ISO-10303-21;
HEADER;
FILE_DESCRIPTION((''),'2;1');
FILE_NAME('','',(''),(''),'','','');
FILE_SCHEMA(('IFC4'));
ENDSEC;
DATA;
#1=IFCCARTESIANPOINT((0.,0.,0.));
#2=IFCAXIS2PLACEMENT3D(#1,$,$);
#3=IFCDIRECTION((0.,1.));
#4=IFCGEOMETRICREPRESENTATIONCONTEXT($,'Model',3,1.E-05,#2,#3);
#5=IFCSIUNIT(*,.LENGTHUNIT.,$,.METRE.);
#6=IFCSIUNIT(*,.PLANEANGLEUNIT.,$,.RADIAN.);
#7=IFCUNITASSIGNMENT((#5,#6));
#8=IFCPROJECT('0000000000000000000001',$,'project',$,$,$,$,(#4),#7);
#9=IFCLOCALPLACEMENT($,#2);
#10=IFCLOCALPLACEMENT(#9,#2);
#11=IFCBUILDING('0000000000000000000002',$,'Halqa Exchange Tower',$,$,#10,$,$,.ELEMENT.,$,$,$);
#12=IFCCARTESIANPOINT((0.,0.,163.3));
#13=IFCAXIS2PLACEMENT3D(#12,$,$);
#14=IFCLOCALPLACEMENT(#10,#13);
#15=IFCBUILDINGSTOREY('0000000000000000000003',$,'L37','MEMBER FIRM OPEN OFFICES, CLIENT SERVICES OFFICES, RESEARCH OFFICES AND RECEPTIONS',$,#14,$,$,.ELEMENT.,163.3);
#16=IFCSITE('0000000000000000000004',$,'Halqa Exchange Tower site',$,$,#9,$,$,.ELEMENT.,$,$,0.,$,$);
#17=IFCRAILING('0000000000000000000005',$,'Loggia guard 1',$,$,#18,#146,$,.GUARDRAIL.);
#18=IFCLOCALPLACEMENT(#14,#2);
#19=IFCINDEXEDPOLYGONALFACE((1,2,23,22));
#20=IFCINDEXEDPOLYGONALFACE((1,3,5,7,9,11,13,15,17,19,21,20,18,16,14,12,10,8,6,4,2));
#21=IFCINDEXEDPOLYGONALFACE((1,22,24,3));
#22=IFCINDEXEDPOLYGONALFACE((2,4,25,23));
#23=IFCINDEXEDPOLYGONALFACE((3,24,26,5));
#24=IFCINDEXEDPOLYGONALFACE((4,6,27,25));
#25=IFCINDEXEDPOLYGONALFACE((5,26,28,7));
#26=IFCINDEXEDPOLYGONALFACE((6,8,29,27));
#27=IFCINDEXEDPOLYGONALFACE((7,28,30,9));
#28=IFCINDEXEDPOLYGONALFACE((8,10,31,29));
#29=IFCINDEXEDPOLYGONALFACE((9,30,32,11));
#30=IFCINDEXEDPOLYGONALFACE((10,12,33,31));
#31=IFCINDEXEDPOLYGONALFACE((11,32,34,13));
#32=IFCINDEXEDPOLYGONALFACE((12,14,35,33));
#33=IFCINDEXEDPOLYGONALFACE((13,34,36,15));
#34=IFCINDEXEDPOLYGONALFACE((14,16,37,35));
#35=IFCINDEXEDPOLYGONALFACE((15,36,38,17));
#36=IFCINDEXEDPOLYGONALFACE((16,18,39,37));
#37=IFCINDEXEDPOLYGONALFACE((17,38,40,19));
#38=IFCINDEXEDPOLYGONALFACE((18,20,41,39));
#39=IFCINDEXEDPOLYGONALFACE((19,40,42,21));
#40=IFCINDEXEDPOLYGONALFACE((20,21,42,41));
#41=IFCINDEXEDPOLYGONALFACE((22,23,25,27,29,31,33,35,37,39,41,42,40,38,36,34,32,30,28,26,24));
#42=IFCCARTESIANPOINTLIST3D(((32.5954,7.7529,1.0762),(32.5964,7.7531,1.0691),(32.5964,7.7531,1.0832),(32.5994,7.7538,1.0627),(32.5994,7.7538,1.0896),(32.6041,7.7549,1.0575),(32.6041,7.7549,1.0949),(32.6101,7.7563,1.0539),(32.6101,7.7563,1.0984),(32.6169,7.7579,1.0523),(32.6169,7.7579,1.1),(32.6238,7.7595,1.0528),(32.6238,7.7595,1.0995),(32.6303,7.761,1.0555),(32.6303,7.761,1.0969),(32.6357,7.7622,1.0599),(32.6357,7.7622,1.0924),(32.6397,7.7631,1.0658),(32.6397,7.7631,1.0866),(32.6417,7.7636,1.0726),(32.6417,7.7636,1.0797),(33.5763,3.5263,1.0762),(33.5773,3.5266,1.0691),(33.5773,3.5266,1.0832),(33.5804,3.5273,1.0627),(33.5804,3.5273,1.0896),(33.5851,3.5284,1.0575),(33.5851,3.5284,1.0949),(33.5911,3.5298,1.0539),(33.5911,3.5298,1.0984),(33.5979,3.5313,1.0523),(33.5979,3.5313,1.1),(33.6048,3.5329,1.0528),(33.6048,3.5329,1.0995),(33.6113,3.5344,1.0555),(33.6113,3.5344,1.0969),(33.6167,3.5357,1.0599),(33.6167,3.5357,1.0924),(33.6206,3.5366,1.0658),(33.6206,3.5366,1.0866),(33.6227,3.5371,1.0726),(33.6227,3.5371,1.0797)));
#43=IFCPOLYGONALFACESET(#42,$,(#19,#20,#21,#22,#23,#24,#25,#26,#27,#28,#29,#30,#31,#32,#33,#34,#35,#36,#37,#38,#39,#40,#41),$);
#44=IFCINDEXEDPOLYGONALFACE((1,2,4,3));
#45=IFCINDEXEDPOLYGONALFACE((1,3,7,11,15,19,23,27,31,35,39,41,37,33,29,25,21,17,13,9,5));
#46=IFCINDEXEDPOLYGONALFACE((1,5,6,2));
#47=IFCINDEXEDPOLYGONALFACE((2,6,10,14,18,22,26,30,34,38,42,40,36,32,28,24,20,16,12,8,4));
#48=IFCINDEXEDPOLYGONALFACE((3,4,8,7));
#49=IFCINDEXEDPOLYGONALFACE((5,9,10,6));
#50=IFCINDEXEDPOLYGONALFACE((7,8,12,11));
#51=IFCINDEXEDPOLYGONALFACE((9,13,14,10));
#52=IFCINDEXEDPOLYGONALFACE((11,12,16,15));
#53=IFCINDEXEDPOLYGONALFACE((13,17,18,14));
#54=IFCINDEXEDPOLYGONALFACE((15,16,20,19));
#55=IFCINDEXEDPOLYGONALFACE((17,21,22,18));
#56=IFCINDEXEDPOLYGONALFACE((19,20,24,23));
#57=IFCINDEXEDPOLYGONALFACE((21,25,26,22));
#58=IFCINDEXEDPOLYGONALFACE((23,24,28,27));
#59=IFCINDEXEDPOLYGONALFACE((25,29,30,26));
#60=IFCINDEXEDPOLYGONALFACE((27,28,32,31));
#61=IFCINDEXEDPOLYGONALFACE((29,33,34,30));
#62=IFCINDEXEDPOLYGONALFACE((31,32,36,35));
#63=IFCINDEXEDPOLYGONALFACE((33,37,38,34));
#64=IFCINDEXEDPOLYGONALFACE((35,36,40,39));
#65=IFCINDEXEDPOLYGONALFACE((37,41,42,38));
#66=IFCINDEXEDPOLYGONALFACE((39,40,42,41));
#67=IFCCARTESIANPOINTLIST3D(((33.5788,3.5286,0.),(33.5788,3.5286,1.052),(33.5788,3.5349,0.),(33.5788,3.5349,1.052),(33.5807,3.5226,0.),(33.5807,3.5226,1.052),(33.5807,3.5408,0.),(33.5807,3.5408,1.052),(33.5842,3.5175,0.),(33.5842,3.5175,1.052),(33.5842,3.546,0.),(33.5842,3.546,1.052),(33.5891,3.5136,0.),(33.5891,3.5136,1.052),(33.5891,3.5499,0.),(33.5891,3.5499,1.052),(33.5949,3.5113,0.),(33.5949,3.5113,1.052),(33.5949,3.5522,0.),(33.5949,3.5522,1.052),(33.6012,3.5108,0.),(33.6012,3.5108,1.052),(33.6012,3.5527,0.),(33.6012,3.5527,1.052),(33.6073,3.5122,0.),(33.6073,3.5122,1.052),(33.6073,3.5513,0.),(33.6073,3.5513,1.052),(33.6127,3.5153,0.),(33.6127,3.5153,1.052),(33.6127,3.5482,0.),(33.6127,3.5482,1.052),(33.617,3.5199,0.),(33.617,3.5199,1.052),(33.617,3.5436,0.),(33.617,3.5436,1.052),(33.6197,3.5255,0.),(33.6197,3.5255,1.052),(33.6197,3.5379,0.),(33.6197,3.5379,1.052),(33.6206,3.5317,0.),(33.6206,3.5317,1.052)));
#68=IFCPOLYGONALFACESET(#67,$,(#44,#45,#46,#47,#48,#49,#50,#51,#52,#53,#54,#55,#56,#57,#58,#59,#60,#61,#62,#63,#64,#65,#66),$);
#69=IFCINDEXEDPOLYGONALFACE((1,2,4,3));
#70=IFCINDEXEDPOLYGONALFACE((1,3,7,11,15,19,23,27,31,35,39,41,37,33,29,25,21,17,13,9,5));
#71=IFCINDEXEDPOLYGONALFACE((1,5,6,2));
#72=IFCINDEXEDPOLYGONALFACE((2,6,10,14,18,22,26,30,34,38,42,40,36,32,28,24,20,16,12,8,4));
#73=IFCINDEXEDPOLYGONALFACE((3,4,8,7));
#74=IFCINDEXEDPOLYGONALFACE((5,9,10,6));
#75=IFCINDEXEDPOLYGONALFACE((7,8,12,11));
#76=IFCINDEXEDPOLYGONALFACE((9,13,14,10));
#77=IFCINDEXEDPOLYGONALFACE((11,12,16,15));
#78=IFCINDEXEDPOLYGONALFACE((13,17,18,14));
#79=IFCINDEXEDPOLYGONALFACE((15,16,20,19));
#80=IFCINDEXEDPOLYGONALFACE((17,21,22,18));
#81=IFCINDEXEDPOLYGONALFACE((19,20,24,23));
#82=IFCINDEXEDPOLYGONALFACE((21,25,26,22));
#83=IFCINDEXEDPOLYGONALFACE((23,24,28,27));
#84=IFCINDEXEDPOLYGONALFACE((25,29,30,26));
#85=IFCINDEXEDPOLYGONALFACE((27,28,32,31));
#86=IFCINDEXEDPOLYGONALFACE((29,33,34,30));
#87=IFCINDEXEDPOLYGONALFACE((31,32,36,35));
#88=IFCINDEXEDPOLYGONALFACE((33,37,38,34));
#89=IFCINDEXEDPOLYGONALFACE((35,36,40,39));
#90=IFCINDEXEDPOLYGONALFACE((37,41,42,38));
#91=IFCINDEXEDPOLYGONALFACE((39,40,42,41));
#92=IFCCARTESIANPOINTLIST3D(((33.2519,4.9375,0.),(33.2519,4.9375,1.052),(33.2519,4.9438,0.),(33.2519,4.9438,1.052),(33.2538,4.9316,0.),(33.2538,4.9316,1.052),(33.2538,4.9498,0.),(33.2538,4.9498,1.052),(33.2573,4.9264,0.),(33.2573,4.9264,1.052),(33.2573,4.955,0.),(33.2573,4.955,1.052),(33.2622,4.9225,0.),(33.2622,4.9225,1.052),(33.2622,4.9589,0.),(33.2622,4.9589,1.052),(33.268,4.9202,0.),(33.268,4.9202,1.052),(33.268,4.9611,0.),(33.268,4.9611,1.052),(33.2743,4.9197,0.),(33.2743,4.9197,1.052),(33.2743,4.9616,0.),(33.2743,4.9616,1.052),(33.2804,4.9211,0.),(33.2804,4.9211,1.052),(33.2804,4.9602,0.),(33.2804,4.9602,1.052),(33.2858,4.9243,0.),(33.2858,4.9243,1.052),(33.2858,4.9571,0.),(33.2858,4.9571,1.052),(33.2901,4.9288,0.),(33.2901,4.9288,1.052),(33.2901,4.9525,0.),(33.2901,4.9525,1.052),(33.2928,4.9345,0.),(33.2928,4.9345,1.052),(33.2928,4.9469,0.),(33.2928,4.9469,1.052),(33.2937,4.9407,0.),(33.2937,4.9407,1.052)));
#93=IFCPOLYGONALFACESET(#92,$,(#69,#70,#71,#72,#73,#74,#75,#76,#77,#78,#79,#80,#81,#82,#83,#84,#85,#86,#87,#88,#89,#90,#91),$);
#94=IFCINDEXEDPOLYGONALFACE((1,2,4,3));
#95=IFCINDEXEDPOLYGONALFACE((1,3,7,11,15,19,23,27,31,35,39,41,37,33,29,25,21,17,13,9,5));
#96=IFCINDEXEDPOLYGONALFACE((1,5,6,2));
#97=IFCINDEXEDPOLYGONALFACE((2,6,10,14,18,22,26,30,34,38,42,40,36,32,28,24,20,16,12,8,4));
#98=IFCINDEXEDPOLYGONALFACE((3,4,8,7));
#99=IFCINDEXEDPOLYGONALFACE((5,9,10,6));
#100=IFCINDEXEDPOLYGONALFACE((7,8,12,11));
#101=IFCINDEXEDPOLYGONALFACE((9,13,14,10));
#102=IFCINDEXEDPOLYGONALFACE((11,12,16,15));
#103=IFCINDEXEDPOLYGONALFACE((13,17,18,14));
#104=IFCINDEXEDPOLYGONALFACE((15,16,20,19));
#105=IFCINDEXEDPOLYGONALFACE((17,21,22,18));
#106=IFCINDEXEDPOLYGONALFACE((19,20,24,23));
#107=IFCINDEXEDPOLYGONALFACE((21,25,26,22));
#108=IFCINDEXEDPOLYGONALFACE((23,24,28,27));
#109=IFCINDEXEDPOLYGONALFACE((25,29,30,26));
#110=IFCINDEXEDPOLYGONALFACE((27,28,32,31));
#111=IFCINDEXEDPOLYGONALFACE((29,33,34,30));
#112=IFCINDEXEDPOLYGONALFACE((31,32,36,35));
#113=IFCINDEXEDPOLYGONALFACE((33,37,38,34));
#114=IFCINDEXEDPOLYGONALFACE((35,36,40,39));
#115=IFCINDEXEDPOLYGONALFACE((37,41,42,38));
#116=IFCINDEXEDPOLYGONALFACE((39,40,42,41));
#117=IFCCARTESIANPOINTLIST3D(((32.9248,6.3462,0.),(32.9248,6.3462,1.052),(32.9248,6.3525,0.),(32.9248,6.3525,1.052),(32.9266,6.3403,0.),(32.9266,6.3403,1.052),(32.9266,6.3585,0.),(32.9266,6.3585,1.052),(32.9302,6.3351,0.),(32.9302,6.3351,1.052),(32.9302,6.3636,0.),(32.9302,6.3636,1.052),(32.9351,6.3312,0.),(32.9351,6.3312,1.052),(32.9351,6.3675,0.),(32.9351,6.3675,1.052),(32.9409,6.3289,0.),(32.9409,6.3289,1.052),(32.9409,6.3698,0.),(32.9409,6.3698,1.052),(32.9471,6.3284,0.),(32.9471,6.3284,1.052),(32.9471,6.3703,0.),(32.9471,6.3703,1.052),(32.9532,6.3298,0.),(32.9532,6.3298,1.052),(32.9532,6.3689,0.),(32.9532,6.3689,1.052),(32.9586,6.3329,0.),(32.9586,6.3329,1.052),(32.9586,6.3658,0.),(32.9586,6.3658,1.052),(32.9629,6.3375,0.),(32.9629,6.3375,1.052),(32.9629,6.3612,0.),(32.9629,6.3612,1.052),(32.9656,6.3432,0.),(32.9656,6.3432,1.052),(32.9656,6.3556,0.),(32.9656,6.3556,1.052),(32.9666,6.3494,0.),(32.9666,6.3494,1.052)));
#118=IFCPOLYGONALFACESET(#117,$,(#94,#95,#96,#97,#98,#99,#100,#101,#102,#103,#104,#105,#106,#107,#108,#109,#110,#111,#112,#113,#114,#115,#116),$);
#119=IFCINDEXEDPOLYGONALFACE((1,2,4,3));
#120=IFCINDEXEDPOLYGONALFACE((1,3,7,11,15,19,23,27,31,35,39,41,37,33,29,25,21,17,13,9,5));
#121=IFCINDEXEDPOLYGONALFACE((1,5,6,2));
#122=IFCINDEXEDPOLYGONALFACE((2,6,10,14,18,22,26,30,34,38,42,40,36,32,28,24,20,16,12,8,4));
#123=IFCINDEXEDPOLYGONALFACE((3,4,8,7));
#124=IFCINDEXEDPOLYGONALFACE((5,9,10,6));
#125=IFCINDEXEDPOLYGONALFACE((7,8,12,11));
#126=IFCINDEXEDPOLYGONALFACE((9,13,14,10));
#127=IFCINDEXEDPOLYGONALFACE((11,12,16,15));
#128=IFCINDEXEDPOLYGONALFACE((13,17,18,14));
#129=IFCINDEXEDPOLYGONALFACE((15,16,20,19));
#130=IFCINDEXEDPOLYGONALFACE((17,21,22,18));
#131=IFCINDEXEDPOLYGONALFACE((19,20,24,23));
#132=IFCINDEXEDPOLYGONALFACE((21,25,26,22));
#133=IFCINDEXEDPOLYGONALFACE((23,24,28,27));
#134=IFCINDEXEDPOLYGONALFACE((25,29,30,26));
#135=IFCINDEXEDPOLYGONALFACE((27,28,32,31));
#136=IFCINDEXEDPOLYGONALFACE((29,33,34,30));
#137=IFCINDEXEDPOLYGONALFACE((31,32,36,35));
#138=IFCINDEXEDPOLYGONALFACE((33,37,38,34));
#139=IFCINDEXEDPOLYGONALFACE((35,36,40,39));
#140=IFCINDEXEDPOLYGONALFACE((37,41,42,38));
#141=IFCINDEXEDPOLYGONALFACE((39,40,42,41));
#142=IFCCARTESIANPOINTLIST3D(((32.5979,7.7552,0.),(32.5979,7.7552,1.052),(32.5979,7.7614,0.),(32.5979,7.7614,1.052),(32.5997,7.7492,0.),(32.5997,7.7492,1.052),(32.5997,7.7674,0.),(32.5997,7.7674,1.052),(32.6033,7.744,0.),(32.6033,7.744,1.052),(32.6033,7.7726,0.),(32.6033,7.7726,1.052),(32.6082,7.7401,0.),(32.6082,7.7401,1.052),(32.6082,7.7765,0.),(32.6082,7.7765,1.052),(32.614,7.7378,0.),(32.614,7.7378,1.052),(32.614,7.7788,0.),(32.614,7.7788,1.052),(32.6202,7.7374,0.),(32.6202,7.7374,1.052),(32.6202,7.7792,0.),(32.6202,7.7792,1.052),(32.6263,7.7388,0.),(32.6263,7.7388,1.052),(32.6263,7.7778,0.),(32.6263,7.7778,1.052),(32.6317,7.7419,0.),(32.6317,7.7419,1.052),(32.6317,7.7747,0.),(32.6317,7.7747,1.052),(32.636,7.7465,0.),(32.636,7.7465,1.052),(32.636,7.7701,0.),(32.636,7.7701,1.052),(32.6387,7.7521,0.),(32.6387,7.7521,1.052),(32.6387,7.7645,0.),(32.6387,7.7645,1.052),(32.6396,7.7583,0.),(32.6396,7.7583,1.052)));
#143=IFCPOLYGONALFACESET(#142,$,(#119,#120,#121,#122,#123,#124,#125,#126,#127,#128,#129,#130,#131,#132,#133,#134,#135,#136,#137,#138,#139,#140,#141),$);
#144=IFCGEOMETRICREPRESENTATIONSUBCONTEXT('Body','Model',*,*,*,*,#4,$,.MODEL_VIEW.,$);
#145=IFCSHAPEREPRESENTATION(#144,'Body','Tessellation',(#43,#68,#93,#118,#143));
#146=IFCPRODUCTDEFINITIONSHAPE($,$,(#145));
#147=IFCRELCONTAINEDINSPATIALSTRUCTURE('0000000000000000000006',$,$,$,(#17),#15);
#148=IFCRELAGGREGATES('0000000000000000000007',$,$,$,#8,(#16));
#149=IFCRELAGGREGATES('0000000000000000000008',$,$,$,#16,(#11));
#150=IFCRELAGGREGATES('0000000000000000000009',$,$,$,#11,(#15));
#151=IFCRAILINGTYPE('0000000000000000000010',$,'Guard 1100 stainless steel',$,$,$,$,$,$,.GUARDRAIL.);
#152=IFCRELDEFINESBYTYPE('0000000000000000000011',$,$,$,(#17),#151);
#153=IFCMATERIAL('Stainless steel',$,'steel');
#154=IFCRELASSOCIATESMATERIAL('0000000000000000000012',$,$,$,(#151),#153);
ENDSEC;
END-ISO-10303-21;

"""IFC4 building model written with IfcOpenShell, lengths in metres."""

from ifc_helpers import new_model, si_unit, direction, frame, origin, origin_2d, place, context, subcontext, project, spatial, circle, extrude, material, type_object, element, save


model = new_model("IFC4")

# Units and contexts
model_context = context("Model", 3, precision=1e-05, world=origin(), true_north=direction((0.0, 1.0)))
body_context = subcontext(model_context, "Body", "Model", "MODEL_VIEW")
ifc_project = project(units=[si_unit("LENGTHUNIT", "METRE"), si_unit("PLANEANGLEUNIT", "RADIAN")], contexts=[model_context])

# Site, building, storey
site_placement = place(None, origin())
site = spatial("IfcSite", under=ifc_project, at=site_placement, Name="Halqa Exchange Tower site", CompositionType="ELEMENT", RefElevation=0.0)
building_placement = place(site_placement, origin())
building = spatial("IfcBuilding", under=site, at=building_placement, Name="Halqa Exchange Tower", CompositionType="ELEMENT")
storey_placement = place(building_placement, frame((0.0, 0.0, 163.3)))
storey = spatial("IfcBuildingStorey", under=building, at=storey_placement, Name="L37", Description="MEMBER FIRM OPEN OFFICES, CLIENT SERVICES OFFICES, RESEARCH OFFICES AND RECEPTIONS", CompositionType="ELEMENT", Elevation=163.3)

# Railing
ifc_material_1 = material(Name="Stainless steel", Category="steel")
railing_type = type_object("IfcRailingType", Name="Guard 1100 stainless steel", PredefinedType="GUARDRAIL", material=ifc_material_1)
railing_1_placement = place(storey_placement, frame((33.5996, 3.5317, 0.0)))
element("IfcRailing", 1, at=railing_1_placement, inside=storey, type_object=railing_type, Name="Loggia guard 1", PredefinedType="GUARDRAIL", context=body_context, shape_type="SweptSolid", body=[
    extrude(circle(Radius=0.0239, at=origin_2d()), frame((0.0, 0.0, 1.0762), z_axis=(-0.226084, 0.974108, 0.0), x_axis=(-0.974108, -0.226084, 0.0)), (0.0, 0.0, 1.0), 4.3389),
    extrude(circle(Radius=0.021, at=origin_2d()), origin(), (0.0, 0.0, 1.0), 1.052),
    extrude(circle(Radius=0.021, at=origin_2d()), frame((-0.3269, 1.4089, 0.0)), (0.0, 0.0, 1.0), 1.052),
    extrude(circle(Radius=0.021, at=origin_2d()), frame((-0.6541, 2.8176, 0.0)), (0.0, 0.0, 1.0), 1.052),
    extrude(circle(Radius=0.021, at=origin_2d()), frame((-0.981, 4.2266, 0.0)), (0.0, 0.0, 1.0), 1.052),
])

save(model, "model.ifc")
